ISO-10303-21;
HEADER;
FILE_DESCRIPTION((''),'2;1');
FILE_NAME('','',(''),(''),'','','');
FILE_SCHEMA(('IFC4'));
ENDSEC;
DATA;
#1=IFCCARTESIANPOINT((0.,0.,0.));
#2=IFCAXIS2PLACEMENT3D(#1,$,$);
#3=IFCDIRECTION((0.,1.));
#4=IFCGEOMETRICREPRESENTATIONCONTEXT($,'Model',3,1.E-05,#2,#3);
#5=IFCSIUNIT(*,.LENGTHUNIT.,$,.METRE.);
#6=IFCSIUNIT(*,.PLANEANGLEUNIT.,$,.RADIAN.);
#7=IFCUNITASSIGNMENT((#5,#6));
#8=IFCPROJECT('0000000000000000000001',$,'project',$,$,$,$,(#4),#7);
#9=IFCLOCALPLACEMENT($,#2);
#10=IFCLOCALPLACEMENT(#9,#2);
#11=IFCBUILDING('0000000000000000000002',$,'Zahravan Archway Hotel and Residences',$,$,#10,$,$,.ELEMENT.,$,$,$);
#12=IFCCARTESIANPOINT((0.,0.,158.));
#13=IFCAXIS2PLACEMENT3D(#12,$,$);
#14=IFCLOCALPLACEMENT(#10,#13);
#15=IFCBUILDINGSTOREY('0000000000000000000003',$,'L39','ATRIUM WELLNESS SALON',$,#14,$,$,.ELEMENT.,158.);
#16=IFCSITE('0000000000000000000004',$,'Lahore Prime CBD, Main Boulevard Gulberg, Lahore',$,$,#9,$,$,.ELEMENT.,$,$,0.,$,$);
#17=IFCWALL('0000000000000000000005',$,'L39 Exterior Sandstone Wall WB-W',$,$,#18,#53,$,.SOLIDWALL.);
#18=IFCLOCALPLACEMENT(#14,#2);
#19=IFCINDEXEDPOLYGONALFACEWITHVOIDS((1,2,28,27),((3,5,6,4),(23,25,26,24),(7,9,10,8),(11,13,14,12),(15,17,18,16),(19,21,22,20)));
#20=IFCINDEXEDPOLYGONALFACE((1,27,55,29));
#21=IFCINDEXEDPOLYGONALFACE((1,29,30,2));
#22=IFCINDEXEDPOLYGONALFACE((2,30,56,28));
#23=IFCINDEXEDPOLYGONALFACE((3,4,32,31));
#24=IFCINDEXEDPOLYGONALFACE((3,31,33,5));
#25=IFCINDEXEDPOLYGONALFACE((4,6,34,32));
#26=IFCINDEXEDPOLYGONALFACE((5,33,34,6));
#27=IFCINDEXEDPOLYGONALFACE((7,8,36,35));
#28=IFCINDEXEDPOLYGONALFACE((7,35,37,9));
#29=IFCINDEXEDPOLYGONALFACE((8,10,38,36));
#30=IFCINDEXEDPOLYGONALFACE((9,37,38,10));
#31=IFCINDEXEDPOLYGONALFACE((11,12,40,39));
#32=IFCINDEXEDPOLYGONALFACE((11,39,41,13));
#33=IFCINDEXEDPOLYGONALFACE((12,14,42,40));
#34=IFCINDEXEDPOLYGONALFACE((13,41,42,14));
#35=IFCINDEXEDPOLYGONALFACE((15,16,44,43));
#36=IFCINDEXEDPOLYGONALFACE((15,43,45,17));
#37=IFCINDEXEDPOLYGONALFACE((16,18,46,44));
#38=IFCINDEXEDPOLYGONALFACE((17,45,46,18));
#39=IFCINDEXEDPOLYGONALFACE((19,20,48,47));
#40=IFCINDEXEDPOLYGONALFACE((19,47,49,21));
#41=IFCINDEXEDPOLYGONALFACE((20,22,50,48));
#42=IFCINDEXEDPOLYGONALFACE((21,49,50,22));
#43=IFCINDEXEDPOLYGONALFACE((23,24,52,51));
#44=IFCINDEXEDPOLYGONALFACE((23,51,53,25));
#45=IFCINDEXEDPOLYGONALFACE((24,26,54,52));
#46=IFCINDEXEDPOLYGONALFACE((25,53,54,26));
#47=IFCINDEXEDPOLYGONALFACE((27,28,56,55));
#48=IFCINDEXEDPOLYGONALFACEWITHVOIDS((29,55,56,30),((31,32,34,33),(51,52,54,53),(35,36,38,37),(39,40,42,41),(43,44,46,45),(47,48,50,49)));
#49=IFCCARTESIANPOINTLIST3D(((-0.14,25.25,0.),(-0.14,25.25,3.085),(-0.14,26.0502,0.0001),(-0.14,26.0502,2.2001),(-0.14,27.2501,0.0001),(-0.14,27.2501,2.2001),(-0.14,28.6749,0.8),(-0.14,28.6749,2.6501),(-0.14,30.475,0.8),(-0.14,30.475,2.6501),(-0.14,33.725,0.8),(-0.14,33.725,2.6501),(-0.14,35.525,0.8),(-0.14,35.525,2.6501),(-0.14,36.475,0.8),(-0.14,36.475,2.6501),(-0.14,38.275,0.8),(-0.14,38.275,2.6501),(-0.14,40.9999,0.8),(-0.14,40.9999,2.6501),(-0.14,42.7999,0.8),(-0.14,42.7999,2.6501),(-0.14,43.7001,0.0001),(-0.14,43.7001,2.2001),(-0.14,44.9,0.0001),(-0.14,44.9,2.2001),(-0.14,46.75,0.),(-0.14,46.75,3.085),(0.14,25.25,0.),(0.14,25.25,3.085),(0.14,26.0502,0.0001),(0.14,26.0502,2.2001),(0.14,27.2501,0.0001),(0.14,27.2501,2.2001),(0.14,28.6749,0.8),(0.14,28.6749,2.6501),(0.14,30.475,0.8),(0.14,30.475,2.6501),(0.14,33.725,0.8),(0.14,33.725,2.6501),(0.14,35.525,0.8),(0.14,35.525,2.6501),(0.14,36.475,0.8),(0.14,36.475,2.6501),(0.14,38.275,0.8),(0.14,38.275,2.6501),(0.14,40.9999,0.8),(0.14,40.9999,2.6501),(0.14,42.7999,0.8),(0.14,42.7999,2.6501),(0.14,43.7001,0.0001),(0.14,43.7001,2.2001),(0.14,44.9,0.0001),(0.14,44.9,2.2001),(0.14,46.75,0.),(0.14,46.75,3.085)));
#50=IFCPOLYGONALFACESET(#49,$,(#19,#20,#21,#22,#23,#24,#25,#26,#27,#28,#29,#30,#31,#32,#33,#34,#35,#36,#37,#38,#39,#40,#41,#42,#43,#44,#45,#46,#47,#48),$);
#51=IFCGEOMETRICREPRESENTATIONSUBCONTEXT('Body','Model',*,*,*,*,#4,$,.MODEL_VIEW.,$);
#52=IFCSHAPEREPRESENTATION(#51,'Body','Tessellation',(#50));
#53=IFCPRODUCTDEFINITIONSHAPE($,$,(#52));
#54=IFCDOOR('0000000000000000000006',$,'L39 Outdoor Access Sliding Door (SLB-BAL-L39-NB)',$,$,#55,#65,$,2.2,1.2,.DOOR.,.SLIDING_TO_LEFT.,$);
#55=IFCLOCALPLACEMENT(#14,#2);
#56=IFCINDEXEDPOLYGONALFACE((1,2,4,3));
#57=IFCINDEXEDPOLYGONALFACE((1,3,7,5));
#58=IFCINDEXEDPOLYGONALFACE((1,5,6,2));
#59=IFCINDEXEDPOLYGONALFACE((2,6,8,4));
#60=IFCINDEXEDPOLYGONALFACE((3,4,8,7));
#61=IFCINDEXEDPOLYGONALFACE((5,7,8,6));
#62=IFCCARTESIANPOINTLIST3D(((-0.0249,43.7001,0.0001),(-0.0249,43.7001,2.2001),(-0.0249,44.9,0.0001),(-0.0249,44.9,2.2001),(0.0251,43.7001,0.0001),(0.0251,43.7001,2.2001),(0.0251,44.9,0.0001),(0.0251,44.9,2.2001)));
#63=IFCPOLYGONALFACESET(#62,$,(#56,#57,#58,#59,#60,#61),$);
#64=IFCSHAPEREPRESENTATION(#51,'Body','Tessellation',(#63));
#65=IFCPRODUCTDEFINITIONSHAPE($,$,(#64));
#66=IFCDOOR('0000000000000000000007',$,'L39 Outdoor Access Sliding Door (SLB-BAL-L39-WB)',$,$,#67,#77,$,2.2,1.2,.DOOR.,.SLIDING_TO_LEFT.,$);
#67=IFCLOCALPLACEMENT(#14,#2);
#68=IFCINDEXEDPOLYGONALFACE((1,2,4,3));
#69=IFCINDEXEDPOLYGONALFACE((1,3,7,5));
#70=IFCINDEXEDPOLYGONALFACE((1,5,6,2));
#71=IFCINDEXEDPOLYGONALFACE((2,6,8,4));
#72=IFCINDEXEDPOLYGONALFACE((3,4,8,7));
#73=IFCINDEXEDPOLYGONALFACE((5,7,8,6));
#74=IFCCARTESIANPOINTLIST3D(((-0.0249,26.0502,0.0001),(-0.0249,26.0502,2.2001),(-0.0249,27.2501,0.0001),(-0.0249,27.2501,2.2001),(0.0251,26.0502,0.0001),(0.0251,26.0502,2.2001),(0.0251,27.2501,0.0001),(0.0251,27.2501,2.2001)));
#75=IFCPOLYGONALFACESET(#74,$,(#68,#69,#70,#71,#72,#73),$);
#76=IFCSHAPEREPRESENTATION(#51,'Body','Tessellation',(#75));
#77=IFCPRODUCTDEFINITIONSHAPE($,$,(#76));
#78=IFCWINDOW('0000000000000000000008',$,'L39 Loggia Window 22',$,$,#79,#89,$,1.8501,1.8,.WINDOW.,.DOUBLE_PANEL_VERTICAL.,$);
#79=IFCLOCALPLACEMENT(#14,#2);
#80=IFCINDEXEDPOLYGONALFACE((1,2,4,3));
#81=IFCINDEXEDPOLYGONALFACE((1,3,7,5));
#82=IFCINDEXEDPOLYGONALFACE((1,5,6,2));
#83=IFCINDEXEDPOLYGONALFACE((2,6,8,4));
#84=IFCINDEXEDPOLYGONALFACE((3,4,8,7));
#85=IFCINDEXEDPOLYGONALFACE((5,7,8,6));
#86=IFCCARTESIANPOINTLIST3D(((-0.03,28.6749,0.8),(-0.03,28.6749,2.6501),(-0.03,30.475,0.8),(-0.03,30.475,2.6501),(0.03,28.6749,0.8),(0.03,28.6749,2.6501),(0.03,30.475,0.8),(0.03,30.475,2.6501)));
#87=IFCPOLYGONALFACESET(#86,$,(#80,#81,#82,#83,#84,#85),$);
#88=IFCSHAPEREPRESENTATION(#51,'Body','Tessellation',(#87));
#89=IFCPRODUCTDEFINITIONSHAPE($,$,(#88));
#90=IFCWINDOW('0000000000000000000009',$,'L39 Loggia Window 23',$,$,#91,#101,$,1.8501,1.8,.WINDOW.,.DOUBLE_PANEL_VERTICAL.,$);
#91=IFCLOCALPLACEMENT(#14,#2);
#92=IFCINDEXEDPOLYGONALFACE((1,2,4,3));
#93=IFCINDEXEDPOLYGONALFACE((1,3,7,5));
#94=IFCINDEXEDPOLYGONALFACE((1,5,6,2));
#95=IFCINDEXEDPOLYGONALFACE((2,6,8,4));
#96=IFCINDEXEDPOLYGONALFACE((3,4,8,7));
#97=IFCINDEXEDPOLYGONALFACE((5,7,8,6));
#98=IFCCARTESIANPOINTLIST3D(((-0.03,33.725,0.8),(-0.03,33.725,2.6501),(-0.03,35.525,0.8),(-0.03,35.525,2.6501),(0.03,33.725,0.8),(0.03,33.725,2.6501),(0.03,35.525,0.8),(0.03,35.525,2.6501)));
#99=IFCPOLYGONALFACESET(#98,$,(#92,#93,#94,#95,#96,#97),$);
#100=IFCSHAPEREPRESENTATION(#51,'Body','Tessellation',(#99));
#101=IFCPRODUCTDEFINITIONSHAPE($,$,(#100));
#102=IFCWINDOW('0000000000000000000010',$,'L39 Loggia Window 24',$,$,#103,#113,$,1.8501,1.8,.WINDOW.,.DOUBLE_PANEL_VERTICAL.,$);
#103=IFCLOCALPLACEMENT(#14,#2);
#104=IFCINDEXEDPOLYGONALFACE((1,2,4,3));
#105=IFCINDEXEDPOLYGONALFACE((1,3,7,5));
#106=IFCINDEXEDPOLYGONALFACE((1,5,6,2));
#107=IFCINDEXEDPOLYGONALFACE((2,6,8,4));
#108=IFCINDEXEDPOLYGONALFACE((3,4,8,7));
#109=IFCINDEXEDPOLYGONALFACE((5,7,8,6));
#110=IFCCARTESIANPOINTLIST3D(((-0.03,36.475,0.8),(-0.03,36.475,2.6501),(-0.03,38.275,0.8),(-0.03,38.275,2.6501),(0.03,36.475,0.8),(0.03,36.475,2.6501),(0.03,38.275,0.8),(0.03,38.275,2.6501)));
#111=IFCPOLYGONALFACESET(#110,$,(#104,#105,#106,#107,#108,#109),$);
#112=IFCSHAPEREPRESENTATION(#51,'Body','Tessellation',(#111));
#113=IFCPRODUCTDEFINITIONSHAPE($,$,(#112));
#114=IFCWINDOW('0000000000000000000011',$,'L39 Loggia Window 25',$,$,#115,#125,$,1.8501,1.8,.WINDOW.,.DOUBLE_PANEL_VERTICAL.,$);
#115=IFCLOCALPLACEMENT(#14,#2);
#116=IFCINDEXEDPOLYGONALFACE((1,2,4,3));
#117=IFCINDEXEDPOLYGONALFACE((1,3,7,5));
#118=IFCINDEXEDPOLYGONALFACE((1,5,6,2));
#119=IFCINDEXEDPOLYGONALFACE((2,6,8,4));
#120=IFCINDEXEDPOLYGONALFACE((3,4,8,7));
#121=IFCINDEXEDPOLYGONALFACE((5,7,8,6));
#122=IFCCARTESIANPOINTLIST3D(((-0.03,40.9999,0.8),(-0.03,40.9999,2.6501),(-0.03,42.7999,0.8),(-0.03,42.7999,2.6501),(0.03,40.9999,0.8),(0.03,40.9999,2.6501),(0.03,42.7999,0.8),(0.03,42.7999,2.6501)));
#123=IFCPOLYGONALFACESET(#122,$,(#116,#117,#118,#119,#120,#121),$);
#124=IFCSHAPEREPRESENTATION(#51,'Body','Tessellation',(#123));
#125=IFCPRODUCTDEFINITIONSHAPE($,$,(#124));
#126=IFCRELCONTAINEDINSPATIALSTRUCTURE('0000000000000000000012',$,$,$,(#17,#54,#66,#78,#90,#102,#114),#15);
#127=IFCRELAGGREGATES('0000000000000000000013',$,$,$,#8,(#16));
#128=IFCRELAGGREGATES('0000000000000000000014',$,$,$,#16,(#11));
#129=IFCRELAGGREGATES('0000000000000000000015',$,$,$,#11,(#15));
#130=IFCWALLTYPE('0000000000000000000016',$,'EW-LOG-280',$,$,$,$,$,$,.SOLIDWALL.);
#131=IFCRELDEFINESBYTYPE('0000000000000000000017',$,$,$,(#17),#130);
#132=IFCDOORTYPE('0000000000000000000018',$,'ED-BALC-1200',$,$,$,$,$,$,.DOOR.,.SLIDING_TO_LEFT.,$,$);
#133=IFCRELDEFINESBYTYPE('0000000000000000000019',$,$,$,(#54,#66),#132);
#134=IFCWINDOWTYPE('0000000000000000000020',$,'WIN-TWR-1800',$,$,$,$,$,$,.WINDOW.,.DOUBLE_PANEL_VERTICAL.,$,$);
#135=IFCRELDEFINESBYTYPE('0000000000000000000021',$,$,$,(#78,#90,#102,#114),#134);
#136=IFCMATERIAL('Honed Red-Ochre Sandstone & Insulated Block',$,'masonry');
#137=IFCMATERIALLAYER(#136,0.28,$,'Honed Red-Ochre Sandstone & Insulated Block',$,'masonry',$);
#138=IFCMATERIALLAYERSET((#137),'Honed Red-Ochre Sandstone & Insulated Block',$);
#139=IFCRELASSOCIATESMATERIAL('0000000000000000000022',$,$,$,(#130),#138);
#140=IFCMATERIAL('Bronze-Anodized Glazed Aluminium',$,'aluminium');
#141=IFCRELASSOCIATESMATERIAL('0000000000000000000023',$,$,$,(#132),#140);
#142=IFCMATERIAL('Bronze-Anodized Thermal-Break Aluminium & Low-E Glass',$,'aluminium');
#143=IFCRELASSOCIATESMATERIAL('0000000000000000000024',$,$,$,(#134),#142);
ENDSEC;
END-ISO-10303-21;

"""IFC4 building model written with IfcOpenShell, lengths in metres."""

from ifc_helpers import new_model, si_unit, direction, frame, frame_2d, origin, place, context, subcontext, project, spatial, rectangle, extrude, source, transform, mapped, material, layer, layer_set, type_object, type_shapes, element, fill, save


model = new_model("IFC4")

# Units and contexts
model_context = context("Model", 3, precision=1e-05, world=origin(), true_north=direction((0.0, 1.0)))
body_context = subcontext(model_context, "Body", "Model", "MODEL_VIEW")
ifc_project = project(units=[si_unit("LENGTHUNIT", "METRE"), si_unit("PLANEANGLEUNIT", "RADIAN")], contexts=[model_context])

# Site, building, storey
site_placement = place(None, origin())
site = spatial("IfcSite", under=ifc_project, at=site_placement, Name="Lahore Prime CBD, Main Boulevard Gulberg, Lahore", CompositionType="ELEMENT", RefElevation=0.0)
building_placement = place(site_placement, origin())
building = spatial("IfcBuilding", under=site, at=building_placement, Name="Zahravan Archway Hotel and Residences", CompositionType="ELEMENT")
storey_placement = place(building_placement, frame((0.0, 0.0, 158.0)))
storey = spatial("IfcBuildingStorey", under=building, at=storey_placement, Name="L39", Description="ATRIUM WELLNESS SALON", CompositionType="ELEMENT", Elevation=158.0)

# Shared definitions
ifc_material_1 = material(Name="Honed Red-Ochre Sandstone & Insulated Block", Category="masonry")
ifc_layer_1 = layer(ifc_material_1, 0.28, Name="Honed Red-Ochre Sandstone & Insulated Block", Category="masonry")
ifc_layer_set_1 = layer_set([ifc_layer_1], Name="Honed Red-Ochre Sandstone & Insulated Block")
wall_type_1 = type_object("IfcWallType", Name="EW-LOG-280", PredefinedType="SOLIDWALL", material=ifc_layer_set_1)
ifc_material_2 = material(Name="Bronze-Anodized Thermal-Break Aluminium & Low-E Glass", Category="aluminium")

# Wall, openings, doors, windows
wall_1_placement = place(storey_placement, frame((0.0, 25.25, 0.0), z_axis=(0.0, 0.0, 1.0), x_axis=(0.0, 1.0, 0.0)))
wall_1 = element("IfcWall", 1, at=wall_1_placement, inside=storey, type_object=wall_type_1, Name="L39 Exterior Sandstone Wall WB-W", PredefinedType="SOLIDWALL", context=body_context, shape_type="SweptSolid", body=[
    extrude(rectangle(XDim=21.5, YDim=0.28, at=frame_2d((10.75, 0.0))), origin(), (0.0, 0.0, 1.0), 3.085),
])
opening_1_placement = place(wall_1_placement, frame((18.45, 0.0, 0.0)))
opening_1 = element("IfcOpeningElement", 2, at=opening_1_placement, cuts=wall_1, PredefinedType="OPENING", context=body_context, shape_type="SweptSolid", body=[
    extrude(rectangle(XDim=1.2, YDim=2.2, at=frame_2d((0.6001, 1.1001))), frame((0.0, 0.1499, 0.0), z_axis=(0.0, -1.0, 0.0), x_axis=(1.0, 0.0, 0.0)), (0.0, 0.0, 1.0), 0.3),
])
opening_2_placement = place(wall_1_placement, frame((0.8, 0.0, 0.0)))
opening_2 = element("IfcOpeningElement", 3, at=opening_2_placement, cuts=wall_1, PredefinedType="OPENING", context=body_context, shape_type="SweptSolid", body=[
    extrude(rectangle(XDim=1.2, YDim=2.2, at=frame_2d((0.6001, 1.1001))), frame((0.0, 0.1499, 0.0), z_axis=(0.0, -1.0, 0.0), x_axis=(1.0, 0.0, 0.0)), (0.0, 0.0, 1.0), 0.3),
])
opening_3_placement = place(wall_1_placement, frame((3.425, 0.0, 0.8)))
opening_3 = element("IfcOpeningElement", 4, at=opening_3_placement, cuts=wall_1, PredefinedType="OPENING", context=body_context, shape_type="SweptSolid", body=[
    extrude(rectangle(XDim=1.8, YDim=1.8501, at=frame_2d((0.8999, 0.925))), frame((0.0, 0.1499, 0.0), z_axis=(0.0, -1.0, 0.0), x_axis=(1.0, 0.0, 0.0)), (0.0, 0.0, 1.0), 0.3),
])
opening_4_placement = place(wall_1_placement, frame((8.4751, 0.0, 0.8)))
opening_4 = element("IfcOpeningElement", 5, at=opening_4_placement, cuts=wall_1, PredefinedType="OPENING", context=body_context, shape_type="SweptSolid", body=[
    extrude(rectangle(XDim=1.8, YDim=1.8501, at=frame_2d((0.8999, 0.925))), frame((0.0, 0.1499, 0.0), z_axis=(0.0, -1.0, 0.0), x_axis=(1.0, 0.0, 0.0)), (0.0, 0.0, 1.0), 0.3),
])
opening_5_placement = place(wall_1_placement, frame((11.2251, 0.0, 0.8)))
opening_5 = element("IfcOpeningElement", 6, at=opening_5_placement, cuts=wall_1, PredefinedType="OPENING", context=body_context, shape_type="SweptSolid", body=[
    extrude(rectangle(XDim=1.8, YDim=1.8501, at=frame_2d((0.8999, 0.925))), frame((0.0, 0.1499, 0.0), z_axis=(0.0, -1.0, 0.0), x_axis=(1.0, 0.0, 0.0)), (0.0, 0.0, 1.0), 0.3),
])
opening_6_placement = place(wall_1_placement, frame((15.75, 0.0, 0.8)))
opening_6 = element("IfcOpeningElement", 7, at=opening_6_placement, cuts=wall_1, PredefinedType="OPENING", context=body_context, shape_type="SweptSolid", body=[
    extrude(rectangle(XDim=1.8, YDim=1.8501, at=frame_2d((0.8999, 0.925))), frame((0.0, 0.1499, 0.0), z_axis=(0.0, -1.0, 0.0), x_axis=(1.0, 0.0, 0.0)), (0.0, 0.0, 1.0), 0.3),
])
ifc_material_3 = material(Name="Bronze-Anodized Glazed Aluminium", Category="aluminium")
door_type = type_object("IfcDoorType", Name="ED-BALC-1200", OperationType="SLIDING_TO_LEFT", PredefinedType="DOOR", material=ifc_material_3)
shared_shape_1 = source(origin(), body_context, "Body", "SweptSolid", [
    extrude(rectangle(XDim=1.2, YDim=2.2, at=frame_2d((0.6001, 1.1001))), frame((0.0, 0.0249, 0.0), z_axis=(0.0, -1.0, 0.0), x_axis=(1.0, 0.0, 0.0)), (0.0, 0.0, 1.0), 0.05),
])
type_shapes(door_type, [shared_shape_1])
door_1_placement = place(opening_1_placement, origin())
door_1 = element("IfcDoor", 8, at=door_1_placement, inside=storey, type_object=door_type, Name="L39 Outdoor Access Sliding Door (SLB-BAL-L39-NB)", OperationType="SLIDING_TO_LEFT", OverallHeight=2.2, OverallWidth=1.2, PredefinedType="DOOR", context=body_context, shape_type="MappedRepresentation", body=[
    mapped(shared_shape_1, transform((0.0, 0.0, 0.0), scale=1.0)),
])
fill(opening_1, door_1)
door_2_placement = place(opening_2_placement, origin())
door_2 = element("IfcDoor", 9, at=door_2_placement, inside=storey, type_object=door_type, Name="L39 Outdoor Access Sliding Door (SLB-BAL-L39-WB)", OperationType="SLIDING_TO_LEFT", OverallHeight=2.2, OverallWidth=1.2, PredefinedType="DOOR", context=body_context, shape_type="MappedRepresentation", body=[
    mapped(shared_shape_1, transform((0.0, 0.0, 0.0), scale=1.0)),
])
fill(opening_2, door_2)
window_type_1 = type_object("IfcWindowType", Name="WIN-TWR-1800", PartitioningType="DOUBLE_PANEL_VERTICAL", PredefinedType="WINDOW", material=ifc_material_2)
shared_shape_2 = source(origin(), body_context, "Body", "SweptSolid", [
    extrude(rectangle(XDim=1.8, YDim=1.8501, at=frame_2d((0.8999, 0.925))), frame((0.0, 0.03, 0.0), z_axis=(0.0, -1.0, 0.0), x_axis=(1.0, 0.0, 0.0)), (0.0, 0.0, 1.0), 0.0601),
])
type_shapes(window_type_1, [shared_shape_2])
window_1_placement = place(opening_3_placement, origin())
window_1 = element("IfcWindow", 10, at=window_1_placement, inside=storey, type_object=window_type_1, Name="L39 Loggia Window 22", OverallHeight=1.8501, OverallWidth=1.8, PartitioningType="DOUBLE_PANEL_VERTICAL", PredefinedType="WINDOW", context=body_context, shape_type="MappedRepresentation", body=[
    mapped(shared_shape_2, transform((0.0, 0.0, 0.0), scale=1.0)),
])
fill(opening_3, window_1)
window_2_placement = place(opening_4_placement, origin())
window_2 = element("IfcWindow", 11, at=window_2_placement, inside=storey, type_object=window_type_1, Name="L39 Loggia Window 23", OverallHeight=1.8501, OverallWidth=1.8, PartitioningType="DOUBLE_PANEL_VERTICAL", PredefinedType="WINDOW", context=body_context, shape_type="MappedRepresentation", body=[
    mapped(shared_shape_2, transform((0.0, 0.0, 0.0), scale=1.0)),
])
fill(opening_4, window_2)
window_3_placement = place(opening_5_placement, origin())
window_3 = element("IfcWindow", 12, at=window_3_placement, inside=storey, type_object=window_type_1, Name="L39 Loggia Window 24", OverallHeight=1.8501, OverallWidth=1.8, PartitioningType="DOUBLE_PANEL_VERTICAL", PredefinedType="WINDOW", context=body_context, shape_type="MappedRepresentation", body=[
    mapped(shared_shape_2, transform((0.0, 0.0, 0.0), scale=1.0)),
])
fill(opening_5, window_3)
window_4_placement = place(opening_6_placement, origin())
window_4 = element("IfcWindow", 13, at=window_4_placement, inside=storey, type_object=window_type_1, Name="L39 Loggia Window 25", OverallHeight=1.8501, OverallWidth=1.8, PartitioningType="DOUBLE_PANEL_VERTICAL", PredefinedType="WINDOW", context=body_context, shape_type="MappedRepresentation", body=[
    mapped(shared_shape_2, transform((0.0, 0.0, 0.0), scale=1.0)),
])
fill(opening_6, window_4)

save(model, "model.ifc")
